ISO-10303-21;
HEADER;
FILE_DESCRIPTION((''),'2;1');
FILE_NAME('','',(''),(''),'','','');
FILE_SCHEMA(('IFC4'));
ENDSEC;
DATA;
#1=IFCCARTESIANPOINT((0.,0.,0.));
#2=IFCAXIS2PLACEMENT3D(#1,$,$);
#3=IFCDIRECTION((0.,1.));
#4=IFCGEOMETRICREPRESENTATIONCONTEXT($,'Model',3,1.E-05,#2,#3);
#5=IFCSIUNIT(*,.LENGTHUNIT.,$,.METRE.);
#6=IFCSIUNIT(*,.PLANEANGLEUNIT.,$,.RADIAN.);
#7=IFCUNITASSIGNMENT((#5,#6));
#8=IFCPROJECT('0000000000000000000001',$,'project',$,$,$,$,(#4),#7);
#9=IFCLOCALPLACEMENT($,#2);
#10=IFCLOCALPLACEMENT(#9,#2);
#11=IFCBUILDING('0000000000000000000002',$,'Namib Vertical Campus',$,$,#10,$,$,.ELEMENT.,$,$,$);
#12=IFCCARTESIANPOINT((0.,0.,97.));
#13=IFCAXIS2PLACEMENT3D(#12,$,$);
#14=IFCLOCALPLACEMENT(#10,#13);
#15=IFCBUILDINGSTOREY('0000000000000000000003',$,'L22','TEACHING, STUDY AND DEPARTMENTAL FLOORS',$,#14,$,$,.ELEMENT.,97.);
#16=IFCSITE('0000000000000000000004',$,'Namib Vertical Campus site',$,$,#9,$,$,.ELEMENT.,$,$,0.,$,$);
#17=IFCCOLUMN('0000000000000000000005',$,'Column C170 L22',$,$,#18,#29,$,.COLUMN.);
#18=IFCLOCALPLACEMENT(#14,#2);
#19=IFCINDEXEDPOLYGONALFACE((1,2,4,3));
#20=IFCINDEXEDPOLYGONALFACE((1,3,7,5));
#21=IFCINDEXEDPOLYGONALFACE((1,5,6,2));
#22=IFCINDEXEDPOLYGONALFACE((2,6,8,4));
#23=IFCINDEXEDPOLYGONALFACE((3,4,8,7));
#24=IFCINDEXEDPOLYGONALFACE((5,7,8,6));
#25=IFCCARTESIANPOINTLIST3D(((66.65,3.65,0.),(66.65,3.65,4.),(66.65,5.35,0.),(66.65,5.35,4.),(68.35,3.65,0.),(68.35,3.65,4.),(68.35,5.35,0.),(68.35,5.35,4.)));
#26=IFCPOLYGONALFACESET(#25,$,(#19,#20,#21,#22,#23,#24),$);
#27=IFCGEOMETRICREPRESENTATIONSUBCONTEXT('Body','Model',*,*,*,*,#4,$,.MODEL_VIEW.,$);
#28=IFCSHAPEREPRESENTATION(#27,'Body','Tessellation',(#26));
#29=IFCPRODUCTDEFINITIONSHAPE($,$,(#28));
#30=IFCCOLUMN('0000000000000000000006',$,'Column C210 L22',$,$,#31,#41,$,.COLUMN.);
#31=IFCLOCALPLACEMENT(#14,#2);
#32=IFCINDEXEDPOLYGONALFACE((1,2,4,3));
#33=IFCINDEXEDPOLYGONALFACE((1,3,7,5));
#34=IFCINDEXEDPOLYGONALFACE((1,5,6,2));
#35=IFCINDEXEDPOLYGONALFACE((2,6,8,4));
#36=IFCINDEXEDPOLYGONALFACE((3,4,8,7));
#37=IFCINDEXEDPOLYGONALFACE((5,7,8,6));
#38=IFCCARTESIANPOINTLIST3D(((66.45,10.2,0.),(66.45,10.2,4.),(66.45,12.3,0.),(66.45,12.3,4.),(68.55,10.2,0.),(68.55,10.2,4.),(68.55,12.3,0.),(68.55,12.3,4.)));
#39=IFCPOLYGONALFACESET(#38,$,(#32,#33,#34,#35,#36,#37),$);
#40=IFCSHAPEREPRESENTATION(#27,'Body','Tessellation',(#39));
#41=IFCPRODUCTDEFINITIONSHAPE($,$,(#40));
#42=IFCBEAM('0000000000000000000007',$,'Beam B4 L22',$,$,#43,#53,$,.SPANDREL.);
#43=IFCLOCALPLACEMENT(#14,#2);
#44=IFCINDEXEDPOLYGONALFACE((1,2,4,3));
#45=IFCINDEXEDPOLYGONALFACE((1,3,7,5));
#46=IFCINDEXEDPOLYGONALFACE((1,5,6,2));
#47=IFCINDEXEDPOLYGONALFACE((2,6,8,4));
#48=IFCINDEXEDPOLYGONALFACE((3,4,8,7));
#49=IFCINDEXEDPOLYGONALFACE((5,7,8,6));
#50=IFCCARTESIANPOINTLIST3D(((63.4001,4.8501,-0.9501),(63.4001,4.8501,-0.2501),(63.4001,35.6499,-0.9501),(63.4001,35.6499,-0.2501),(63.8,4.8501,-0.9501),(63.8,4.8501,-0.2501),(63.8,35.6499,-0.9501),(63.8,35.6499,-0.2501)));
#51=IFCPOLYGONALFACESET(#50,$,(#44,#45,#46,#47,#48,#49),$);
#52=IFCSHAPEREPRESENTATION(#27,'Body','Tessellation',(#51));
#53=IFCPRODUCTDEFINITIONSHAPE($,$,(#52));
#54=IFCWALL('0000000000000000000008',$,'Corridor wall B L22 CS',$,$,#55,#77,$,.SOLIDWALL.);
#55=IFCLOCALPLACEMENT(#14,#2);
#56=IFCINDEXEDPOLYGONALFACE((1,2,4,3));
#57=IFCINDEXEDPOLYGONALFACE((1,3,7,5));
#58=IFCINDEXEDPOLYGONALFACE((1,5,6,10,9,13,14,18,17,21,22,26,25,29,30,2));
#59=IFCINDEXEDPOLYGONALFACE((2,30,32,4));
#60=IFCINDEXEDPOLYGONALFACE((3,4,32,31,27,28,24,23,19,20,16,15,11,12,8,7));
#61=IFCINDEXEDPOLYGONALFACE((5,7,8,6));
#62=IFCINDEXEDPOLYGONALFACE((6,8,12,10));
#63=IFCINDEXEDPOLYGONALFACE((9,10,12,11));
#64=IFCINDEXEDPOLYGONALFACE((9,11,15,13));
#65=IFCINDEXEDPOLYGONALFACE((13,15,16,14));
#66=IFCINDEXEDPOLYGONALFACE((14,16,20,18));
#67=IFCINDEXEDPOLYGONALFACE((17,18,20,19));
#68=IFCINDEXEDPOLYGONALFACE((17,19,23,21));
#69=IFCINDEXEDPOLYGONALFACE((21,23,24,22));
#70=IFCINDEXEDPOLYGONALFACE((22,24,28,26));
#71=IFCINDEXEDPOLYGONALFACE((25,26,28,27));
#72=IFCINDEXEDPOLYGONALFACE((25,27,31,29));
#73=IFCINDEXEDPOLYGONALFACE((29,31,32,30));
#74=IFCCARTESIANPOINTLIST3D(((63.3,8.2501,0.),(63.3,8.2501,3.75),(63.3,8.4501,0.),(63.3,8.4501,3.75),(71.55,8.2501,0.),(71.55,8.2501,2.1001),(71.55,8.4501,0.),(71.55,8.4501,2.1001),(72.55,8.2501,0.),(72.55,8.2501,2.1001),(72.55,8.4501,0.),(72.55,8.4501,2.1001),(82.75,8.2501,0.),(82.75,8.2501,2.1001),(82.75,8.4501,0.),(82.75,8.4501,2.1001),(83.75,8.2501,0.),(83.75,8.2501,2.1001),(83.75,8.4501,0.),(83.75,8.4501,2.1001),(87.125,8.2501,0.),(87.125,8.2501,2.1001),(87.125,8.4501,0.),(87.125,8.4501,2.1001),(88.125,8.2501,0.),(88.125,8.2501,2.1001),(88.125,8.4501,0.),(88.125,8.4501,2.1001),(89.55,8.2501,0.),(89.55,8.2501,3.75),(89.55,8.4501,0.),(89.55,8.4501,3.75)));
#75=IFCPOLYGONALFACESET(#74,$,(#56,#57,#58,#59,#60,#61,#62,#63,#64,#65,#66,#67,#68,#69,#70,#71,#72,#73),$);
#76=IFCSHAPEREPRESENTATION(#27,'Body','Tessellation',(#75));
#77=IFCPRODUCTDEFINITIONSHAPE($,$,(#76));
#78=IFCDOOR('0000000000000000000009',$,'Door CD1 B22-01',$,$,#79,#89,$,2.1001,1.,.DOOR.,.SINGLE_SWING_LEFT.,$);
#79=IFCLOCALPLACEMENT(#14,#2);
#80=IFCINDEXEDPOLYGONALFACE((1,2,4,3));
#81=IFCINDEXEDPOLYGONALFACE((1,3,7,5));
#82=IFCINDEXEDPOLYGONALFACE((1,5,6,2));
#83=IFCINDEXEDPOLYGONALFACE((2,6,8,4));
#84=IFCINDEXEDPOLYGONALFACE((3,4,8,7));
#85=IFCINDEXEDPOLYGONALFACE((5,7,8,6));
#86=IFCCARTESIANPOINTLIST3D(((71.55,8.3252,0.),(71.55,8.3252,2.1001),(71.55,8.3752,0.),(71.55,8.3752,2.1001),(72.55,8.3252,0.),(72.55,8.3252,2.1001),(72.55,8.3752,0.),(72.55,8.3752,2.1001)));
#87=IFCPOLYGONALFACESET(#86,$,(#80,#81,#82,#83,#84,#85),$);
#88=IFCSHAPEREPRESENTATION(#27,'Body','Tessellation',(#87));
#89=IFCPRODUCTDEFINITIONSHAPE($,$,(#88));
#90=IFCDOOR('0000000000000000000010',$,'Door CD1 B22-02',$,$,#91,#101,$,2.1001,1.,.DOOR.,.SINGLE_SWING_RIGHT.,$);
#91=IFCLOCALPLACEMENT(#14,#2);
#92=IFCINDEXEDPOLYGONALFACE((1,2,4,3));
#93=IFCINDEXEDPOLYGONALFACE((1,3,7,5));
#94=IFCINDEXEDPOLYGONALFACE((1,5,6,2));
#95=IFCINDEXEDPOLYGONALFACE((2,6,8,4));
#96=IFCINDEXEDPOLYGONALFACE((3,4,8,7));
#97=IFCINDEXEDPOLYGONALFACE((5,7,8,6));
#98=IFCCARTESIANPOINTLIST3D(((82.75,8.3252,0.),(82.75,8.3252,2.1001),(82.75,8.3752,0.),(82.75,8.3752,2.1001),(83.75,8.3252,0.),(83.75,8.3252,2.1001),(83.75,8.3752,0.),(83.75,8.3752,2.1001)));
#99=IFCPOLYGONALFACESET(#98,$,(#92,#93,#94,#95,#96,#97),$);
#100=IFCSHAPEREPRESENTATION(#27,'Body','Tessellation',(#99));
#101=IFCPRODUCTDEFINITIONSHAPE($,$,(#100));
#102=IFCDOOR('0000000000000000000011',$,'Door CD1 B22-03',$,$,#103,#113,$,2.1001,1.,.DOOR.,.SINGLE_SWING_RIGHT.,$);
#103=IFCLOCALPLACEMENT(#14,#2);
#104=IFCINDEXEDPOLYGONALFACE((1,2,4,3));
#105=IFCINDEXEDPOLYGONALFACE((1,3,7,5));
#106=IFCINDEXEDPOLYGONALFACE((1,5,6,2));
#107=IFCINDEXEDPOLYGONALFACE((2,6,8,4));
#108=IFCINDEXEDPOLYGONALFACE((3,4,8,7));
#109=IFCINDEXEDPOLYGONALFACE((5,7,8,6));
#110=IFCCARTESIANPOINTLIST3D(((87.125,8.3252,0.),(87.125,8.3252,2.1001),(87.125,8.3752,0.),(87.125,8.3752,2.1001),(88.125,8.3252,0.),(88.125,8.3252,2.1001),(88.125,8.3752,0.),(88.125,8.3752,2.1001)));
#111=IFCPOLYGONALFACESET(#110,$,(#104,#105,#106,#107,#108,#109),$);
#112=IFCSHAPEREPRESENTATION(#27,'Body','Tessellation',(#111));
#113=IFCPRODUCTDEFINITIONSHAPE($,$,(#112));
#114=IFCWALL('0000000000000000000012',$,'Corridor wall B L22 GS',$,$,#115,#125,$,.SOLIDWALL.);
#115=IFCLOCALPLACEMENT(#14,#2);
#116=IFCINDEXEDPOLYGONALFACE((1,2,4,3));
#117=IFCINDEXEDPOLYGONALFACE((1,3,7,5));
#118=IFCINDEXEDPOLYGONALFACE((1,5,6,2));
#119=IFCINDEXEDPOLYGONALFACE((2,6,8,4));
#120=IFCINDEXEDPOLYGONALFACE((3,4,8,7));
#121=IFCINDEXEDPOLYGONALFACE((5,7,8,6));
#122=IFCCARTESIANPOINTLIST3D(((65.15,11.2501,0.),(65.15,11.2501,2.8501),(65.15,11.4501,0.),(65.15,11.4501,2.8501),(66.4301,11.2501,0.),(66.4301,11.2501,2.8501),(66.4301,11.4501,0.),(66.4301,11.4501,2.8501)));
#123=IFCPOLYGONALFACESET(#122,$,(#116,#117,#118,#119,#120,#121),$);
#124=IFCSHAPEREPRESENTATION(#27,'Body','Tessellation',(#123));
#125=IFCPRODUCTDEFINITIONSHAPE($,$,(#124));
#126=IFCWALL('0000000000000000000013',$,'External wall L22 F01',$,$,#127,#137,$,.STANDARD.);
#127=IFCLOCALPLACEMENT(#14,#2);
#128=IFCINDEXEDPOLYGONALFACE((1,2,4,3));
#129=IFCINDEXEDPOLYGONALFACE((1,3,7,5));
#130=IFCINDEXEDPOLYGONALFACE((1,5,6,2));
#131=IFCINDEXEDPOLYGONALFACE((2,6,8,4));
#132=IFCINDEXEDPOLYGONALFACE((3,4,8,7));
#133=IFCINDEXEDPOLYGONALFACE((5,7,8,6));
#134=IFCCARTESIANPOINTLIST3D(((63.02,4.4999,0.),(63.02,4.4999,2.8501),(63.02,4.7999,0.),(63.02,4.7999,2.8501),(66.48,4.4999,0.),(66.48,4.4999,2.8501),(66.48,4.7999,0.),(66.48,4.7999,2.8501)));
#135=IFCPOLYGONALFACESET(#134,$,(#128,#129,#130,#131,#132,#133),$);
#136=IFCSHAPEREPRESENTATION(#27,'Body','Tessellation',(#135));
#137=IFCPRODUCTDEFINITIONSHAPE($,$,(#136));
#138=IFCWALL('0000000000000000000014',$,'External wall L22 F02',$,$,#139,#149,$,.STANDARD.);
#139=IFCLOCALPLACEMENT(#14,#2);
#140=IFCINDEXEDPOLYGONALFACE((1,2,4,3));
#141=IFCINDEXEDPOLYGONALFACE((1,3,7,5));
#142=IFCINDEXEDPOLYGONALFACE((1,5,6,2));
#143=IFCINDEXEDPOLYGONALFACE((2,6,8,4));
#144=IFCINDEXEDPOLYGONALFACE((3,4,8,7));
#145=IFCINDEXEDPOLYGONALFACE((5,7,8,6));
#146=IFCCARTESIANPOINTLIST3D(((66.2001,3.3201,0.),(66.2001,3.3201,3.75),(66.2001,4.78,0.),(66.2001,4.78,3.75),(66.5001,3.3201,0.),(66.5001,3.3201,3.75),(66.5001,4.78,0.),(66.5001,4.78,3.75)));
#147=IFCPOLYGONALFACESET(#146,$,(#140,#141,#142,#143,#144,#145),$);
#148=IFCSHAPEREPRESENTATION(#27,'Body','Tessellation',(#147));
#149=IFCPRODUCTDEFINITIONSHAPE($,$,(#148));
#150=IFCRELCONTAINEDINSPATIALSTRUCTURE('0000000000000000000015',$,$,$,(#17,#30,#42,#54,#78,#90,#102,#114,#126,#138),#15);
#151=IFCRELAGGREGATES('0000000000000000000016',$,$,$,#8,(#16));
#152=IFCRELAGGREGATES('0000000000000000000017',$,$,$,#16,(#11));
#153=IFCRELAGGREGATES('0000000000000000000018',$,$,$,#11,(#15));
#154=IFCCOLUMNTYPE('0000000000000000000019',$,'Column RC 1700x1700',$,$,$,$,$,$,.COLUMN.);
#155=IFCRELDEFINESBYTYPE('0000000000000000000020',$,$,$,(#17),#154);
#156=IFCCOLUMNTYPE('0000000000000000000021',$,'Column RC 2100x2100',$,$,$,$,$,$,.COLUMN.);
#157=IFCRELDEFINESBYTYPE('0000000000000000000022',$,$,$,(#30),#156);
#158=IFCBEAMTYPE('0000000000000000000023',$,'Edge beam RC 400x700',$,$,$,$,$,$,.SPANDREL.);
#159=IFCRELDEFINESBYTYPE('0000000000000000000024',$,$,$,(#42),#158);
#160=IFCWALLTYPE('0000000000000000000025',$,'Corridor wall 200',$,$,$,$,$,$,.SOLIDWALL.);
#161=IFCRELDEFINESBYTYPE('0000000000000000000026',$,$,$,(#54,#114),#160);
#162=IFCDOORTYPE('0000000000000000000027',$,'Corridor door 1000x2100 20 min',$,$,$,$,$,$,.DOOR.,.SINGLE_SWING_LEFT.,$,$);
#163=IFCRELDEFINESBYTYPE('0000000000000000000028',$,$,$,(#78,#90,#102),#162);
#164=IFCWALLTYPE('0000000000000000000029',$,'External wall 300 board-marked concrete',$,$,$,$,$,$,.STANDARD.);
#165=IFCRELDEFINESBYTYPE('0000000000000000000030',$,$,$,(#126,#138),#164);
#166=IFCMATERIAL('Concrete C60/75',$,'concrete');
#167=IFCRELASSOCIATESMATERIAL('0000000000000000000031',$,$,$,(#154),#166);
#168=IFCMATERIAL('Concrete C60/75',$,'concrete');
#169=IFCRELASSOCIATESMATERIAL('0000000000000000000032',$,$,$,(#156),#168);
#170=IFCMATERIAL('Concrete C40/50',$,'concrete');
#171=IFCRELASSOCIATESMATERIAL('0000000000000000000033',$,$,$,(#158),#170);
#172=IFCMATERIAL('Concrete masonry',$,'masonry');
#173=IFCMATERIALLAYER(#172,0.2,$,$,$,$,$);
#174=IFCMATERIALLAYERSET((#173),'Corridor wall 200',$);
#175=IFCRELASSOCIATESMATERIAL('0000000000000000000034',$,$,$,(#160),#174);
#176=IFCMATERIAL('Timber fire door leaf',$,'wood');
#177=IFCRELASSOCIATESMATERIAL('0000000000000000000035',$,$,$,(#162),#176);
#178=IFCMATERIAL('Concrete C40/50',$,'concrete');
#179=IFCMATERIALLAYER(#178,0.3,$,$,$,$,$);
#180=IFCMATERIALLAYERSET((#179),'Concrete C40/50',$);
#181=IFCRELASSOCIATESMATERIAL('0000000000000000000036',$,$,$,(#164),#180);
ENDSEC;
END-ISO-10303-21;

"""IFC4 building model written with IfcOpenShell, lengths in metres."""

from ifc_helpers import new_model, si_unit, direction, frame, frame_2d, origin, origin_2d, place, context, subcontext, project, spatial, rectangle, extrude, material, layer, layer_set, material_profile, profile_set, type_object, element, fill, save


model = new_model("IFC4")

# Units and contexts
model_context = context("Model", 3, precision=1e-05, world=origin(), true_north=direction((0.0, 1.0)))
body_context = subcontext(model_context, "Body", "Model", "MODEL_VIEW")
ifc_project = project(units=[si_unit("LENGTHUNIT", "METRE"), si_unit("PLANEANGLEUNIT", "RADIAN")], contexts=[model_context])

# Site, building, storey
site_placement = place(None, origin())
site = spatial("IfcSite", under=ifc_project, at=site_placement, Name="Namib Vertical Campus site", CompositionType="ELEMENT", RefElevation=0.0)
building_placement = place(site_placement, origin())
building = spatial("IfcBuilding", under=site, at=building_placement, Name="Namib Vertical Campus", CompositionType="ELEMENT")
storey_placement = place(building_placement, frame((0.0, 0.0, 97.0)))
storey = spatial("IfcBuildingStorey", under=building, at=storey_placement, Name="L22", Description="TEACHING, STUDY AND DEPARTMENTAL FLOORS", CompositionType="ELEMENT", Elevation=97.0)

# Columns
ifc_material_1 = material(Name="Concrete C60/75", Category="concrete")
ifc_material_profile_1 = material_profile(ifc_material_1, rectangle(XDim=1.7, YDim=1.7, at=origin_2d()))
ifc_profile_set_1 = profile_set([ifc_material_profile_1], Name="Concrete C60/75")
column_type_1 = type_object("IfcColumnType", Name="Column RC 1700x1700", PredefinedType="COLUMN", material=ifc_profile_set_1)
column_1_placement = place(storey_placement, frame((67.5, 4.5, 0.0), z_axis=(0.0, 0.0, 1.0), x_axis=(1.0, 0.0, 0.0)))
element("IfcColumn", 1, at=column_1_placement, inside=storey, type_object=column_type_1, Name="Column C170 L22", PredefinedType="COLUMN", context=body_context, shape_type="SweptSolid", body=[
    extrude(rectangle(XDim=1.7, YDim=1.7, at=origin_2d()), origin(), (0.0, 0.0, 1.0), 4.0),
])
ifc_material_2 = material(Name="Concrete C60/75", Category="concrete")
ifc_material_profile_2 = material_profile(ifc_material_2, rectangle(XDim=2.1001, YDim=2.1001, at=origin_2d()))
ifc_profile_set_2 = profile_set([ifc_material_profile_2], Name="Concrete C60/75")
column_type_2 = type_object("IfcColumnType", Name="Column RC 2100x2100", PredefinedType="COLUMN", material=ifc_profile_set_2)
column_2_placement = place(storey_placement, frame((67.5, 11.25, 0.0), z_axis=(0.0, 0.0, 1.0), x_axis=(1.0, 0.0, 0.0)))
element("IfcColumn", 2, at=column_2_placement, inside=storey, type_object=column_type_2, Name="Column C210 L22", PredefinedType="COLUMN", context=body_context, shape_type="SweptSolid", body=[
    extrude(rectangle(XDim=2.1001, YDim=2.1001, at=origin_2d()), origin(), (0.0, 0.0, 1.0), 4.0),
])

# Beam
ifc_material_3 = material(Name="Concrete C40/50", Category="concrete")
ifc_material_profile_3 = material_profile(ifc_material_3, rectangle(XDim=0.3999, YDim=0.7, at=origin_2d()))
ifc_profile_set_3 = profile_set([ifc_material_profile_3], Name="Concrete C40/50")
beam_type = type_object("IfcBeamType", Name="Edge beam RC 400x700", PredefinedType="SPANDREL", material=ifc_profile_set_3)
beam_placement = place(storey_placement, frame((63.6001, 4.8501, -0.6001), z_axis=(0.0, 1.0, 0.0), x_axis=(-1.0, 0.0, 0.0)))
element("IfcBeam", 3, at=beam_placement, inside=storey, type_object=beam_type, Name="Beam B4 L22", PredefinedType="SPANDREL", context=body_context, shape_type="SweptSolid", body=[
    extrude(rectangle(XDim=0.3999, YDim=0.7, at=origin_2d()), origin(), (0.0, 0.0, 1.0), 30.7998),
])

# Wall, openings, doors
ifc_material_4 = material(Name="Concrete masonry", Category="masonry")
ifc_layer_1 = layer(ifc_material_4, 0.2)
ifc_layer_set_1 = layer_set([ifc_layer_1], Name="Corridor wall 200")
wall_type_1 = type_object("IfcWallType", Name="Corridor wall 200", PredefinedType="SOLIDWALL", material=ifc_layer_set_1)
wall_1_placement = place(storey_placement, frame((63.3, 8.3501, 0.0), z_axis=(0.0, 0.0, 1.0), x_axis=(1.0, 0.0, 0.0)))
wall_1 = element("IfcWall", 4, at=wall_1_placement, inside=storey, type_object=wall_type_1, Name="Corridor wall B L22 CS", PredefinedType="SOLIDWALL", context=body_context, shape_type="SweptSolid", body=[
    extrude(rectangle(XDim=26.25, YDim=0.2, at=frame_2d((13.125, 0.0))), origin(), (0.0, 0.0, 1.0), 3.75),
])
opening_1_placement = place(wall_1_placement, frame((8.25, 0.0, 0.0)))
opening_1 = element("IfcOpeningElement", 5, at=opening_1_placement, cuts=wall_1, PredefinedType="OPENING", context=body_context, shape_type="SweptSolid", body=[
    extrude(rectangle(XDim=1.0, YDim=2.1001, at=frame_2d((0.5, 1.05))), frame((0.0, 0.1099, 0.0), z_axis=(0.0, -1.0, 0.0), x_axis=(1.0, 0.0, 0.0)), (0.0, 0.0, 1.0), 0.22),
])
opening_2_placement = place(wall_1_placement, frame((19.45, 0.0, 0.0)))
opening_2 = element("IfcOpeningElement", 6, at=opening_2_placement, cuts=wall_1, PredefinedType="OPENING", context=body_context, shape_type="SweptSolid", body=[
    extrude(rectangle(XDim=1.0, YDim=2.1001, at=frame_2d((0.5, 1.05))), frame((0.0, 0.1099, 0.0), z_axis=(0.0, -1.0, 0.0), x_axis=(1.0, 0.0, 0.0)), (0.0, 0.0, 1.0), 0.22),
])
opening_3_placement = place(wall_1_placement, frame((23.825, 0.0, 0.0)))
opening_3 = element("IfcOpeningElement", 7, at=opening_3_placement, cuts=wall_1, PredefinedType="OPENING", context=body_context, shape_type="SweptSolid", body=[
    extrude(rectangle(XDim=1.0, YDim=2.1001, at=frame_2d((0.5, 1.05))), frame((0.0, 0.1099, 0.0), z_axis=(0.0, -1.0, 0.0), x_axis=(1.0, 0.0, 0.0)), (0.0, 0.0, 1.0), 0.22),
])
ifc_material_5 = material(Name="Timber fire door leaf", Category="wood")
door_type = type_object("IfcDoorType", Name="Corridor door 1000x2100 20 min", OperationType="SINGLE_SWING_LEFT", PredefinedType="DOOR", material=ifc_material_5)
door_1_placement = place(opening_1_placement, frame((1.0, 0.0, 0.0), z_axis=(0.0, 0.0, 1.0), x_axis=(-1.0, 0.0, 0.0)))
door_1 = element("IfcDoor", 8, at=door_1_placement, inside=storey, type_object=door_type, Name="Door CD1 B22-01", OperationType="SINGLE_SWING_LEFT", OverallHeight=2.1001, OverallWidth=1.0, PredefinedType="DOOR", context=body_context, shape_type="SweptSolid", body=[
    extrude(rectangle(XDim=1.0, YDim=2.1001, at=frame_2d((0.5, 1.05))), frame((0.0, 0.0249, 0.0), z_axis=(0.0, -1.0, 0.0), x_axis=(1.0, 0.0, 0.0)), (0.0, 0.0, 1.0), 0.05),
])
fill(opening_1, door_1)
door_2_placement = place(opening_2_placement, frame((1.0, 0.0, 0.0), z_axis=(0.0, 0.0, 1.0), x_axis=(-1.0, 0.0, 0.0)))
door_2 = element("IfcDoor", 9, at=door_2_placement, inside=storey, type_object=door_type, Name="Door CD1 B22-02", OperationType="SINGLE_SWING_RIGHT", OverallHeight=2.1001, OverallWidth=1.0, PredefinedType="DOOR", context=body_context, shape_type="SweptSolid", body=[
    extrude(rectangle(XDim=1.0, YDim=2.1001, at=frame_2d((0.5, 1.05))), frame((0.0, 0.0249, 0.0), z_axis=(0.0, -1.0, 0.0), x_axis=(1.0, 0.0, 0.0)), (0.0, 0.0, 1.0), 0.05),
])
fill(opening_2, door_2)
door_3_placement = place(opening_3_placement, frame((1.0, 0.0, 0.0), z_axis=(0.0, 0.0, 1.0), x_axis=(-1.0, 0.0, 0.0)))
door_3 = element("IfcDoor", 10, at=door_3_placement, inside=storey, type_object=door_type, Name="Door CD1 B22-03", OperationType="SINGLE_SWING_RIGHT", OverallHeight=2.1001, OverallWidth=1.0, PredefinedType="DOOR", context=body_context, shape_type="SweptSolid", body=[
    extrude(rectangle(XDim=1.0, YDim=2.1001, at=frame_2d((0.5, 1.05))), frame((0.0, 0.0249, 0.0), z_axis=(0.0, -1.0, 0.0), x_axis=(1.0, 0.0, 0.0)), (0.0, 0.0, 1.0), 0.05),
])
fill(opening_3, door_3)

# Walls
wall_2_placement = place(storey_placement, frame((65.1499, 11.3501, 0.0), z_axis=(0.0, 0.0, 1.0), x_axis=(1.0, 0.0, 0.0)))
element("IfcWall", 11, at=wall_2_placement, inside=storey, type_object=wall_type_1, Name="Corridor wall B L22 GS", PredefinedType="SOLIDWALL", context=body_context, shape_type="SweptSolid", body=[
    extrude(rectangle(XDim=1.28, YDim=0.2, at=frame_2d((0.6401, 0.0))), origin(), (0.0, 0.0, 1.0), 2.8501),
])
ifc_material_6 = material(Name="Concrete C40/50", Category="concrete")
ifc_layer_2 = layer(ifc_material_6, 0.3)
ifc_layer_set_2 = layer_set([ifc_layer_2], Name="Concrete C40/50")
wall_type_2 = type_object("IfcWallType", Name="External wall 300 board-marked concrete", PredefinedType="STANDARD", material=ifc_layer_set_2)
wall_3_placement = place(storey_placement, frame((63.02, 4.6499, 0.0), z_axis=(0.0, 0.0, 1.0), x_axis=(1.0, 0.0, 0.0)))
element("IfcWall", 12, at=wall_3_placement, inside=storey, type_object=wall_type_2, Name="External wall L22 F01", PredefinedType="STANDARD", context=body_context, shape_type="SweptSolid", body=[
    extrude(rectangle(XDim=3.46, YDim=0.3, at=frame_2d((1.73, 0.0))), origin(), (0.0, 0.0, 1.0), 2.8501),
])
wall_4_placement = place(storey_placement, frame((66.3501, 4.78, 0.0), z_axis=(0.0, 0.0, 1.0), x_axis=(0.0, -1.0, 0.0)))
element("IfcWall", 13, at=wall_4_placement, inside=storey, type_object=wall_type_2, Name="External wall L22 F02", PredefinedType="STANDARD", context=body_context, shape_type="SweptSolid", body=[
    extrude(rectangle(XDim=1.46, YDim=0.3, at=frame_2d((0.73, 0.0))), origin(), (0.0, 0.0, 1.0), 3.75),
])

save(model, "model.ifc")
